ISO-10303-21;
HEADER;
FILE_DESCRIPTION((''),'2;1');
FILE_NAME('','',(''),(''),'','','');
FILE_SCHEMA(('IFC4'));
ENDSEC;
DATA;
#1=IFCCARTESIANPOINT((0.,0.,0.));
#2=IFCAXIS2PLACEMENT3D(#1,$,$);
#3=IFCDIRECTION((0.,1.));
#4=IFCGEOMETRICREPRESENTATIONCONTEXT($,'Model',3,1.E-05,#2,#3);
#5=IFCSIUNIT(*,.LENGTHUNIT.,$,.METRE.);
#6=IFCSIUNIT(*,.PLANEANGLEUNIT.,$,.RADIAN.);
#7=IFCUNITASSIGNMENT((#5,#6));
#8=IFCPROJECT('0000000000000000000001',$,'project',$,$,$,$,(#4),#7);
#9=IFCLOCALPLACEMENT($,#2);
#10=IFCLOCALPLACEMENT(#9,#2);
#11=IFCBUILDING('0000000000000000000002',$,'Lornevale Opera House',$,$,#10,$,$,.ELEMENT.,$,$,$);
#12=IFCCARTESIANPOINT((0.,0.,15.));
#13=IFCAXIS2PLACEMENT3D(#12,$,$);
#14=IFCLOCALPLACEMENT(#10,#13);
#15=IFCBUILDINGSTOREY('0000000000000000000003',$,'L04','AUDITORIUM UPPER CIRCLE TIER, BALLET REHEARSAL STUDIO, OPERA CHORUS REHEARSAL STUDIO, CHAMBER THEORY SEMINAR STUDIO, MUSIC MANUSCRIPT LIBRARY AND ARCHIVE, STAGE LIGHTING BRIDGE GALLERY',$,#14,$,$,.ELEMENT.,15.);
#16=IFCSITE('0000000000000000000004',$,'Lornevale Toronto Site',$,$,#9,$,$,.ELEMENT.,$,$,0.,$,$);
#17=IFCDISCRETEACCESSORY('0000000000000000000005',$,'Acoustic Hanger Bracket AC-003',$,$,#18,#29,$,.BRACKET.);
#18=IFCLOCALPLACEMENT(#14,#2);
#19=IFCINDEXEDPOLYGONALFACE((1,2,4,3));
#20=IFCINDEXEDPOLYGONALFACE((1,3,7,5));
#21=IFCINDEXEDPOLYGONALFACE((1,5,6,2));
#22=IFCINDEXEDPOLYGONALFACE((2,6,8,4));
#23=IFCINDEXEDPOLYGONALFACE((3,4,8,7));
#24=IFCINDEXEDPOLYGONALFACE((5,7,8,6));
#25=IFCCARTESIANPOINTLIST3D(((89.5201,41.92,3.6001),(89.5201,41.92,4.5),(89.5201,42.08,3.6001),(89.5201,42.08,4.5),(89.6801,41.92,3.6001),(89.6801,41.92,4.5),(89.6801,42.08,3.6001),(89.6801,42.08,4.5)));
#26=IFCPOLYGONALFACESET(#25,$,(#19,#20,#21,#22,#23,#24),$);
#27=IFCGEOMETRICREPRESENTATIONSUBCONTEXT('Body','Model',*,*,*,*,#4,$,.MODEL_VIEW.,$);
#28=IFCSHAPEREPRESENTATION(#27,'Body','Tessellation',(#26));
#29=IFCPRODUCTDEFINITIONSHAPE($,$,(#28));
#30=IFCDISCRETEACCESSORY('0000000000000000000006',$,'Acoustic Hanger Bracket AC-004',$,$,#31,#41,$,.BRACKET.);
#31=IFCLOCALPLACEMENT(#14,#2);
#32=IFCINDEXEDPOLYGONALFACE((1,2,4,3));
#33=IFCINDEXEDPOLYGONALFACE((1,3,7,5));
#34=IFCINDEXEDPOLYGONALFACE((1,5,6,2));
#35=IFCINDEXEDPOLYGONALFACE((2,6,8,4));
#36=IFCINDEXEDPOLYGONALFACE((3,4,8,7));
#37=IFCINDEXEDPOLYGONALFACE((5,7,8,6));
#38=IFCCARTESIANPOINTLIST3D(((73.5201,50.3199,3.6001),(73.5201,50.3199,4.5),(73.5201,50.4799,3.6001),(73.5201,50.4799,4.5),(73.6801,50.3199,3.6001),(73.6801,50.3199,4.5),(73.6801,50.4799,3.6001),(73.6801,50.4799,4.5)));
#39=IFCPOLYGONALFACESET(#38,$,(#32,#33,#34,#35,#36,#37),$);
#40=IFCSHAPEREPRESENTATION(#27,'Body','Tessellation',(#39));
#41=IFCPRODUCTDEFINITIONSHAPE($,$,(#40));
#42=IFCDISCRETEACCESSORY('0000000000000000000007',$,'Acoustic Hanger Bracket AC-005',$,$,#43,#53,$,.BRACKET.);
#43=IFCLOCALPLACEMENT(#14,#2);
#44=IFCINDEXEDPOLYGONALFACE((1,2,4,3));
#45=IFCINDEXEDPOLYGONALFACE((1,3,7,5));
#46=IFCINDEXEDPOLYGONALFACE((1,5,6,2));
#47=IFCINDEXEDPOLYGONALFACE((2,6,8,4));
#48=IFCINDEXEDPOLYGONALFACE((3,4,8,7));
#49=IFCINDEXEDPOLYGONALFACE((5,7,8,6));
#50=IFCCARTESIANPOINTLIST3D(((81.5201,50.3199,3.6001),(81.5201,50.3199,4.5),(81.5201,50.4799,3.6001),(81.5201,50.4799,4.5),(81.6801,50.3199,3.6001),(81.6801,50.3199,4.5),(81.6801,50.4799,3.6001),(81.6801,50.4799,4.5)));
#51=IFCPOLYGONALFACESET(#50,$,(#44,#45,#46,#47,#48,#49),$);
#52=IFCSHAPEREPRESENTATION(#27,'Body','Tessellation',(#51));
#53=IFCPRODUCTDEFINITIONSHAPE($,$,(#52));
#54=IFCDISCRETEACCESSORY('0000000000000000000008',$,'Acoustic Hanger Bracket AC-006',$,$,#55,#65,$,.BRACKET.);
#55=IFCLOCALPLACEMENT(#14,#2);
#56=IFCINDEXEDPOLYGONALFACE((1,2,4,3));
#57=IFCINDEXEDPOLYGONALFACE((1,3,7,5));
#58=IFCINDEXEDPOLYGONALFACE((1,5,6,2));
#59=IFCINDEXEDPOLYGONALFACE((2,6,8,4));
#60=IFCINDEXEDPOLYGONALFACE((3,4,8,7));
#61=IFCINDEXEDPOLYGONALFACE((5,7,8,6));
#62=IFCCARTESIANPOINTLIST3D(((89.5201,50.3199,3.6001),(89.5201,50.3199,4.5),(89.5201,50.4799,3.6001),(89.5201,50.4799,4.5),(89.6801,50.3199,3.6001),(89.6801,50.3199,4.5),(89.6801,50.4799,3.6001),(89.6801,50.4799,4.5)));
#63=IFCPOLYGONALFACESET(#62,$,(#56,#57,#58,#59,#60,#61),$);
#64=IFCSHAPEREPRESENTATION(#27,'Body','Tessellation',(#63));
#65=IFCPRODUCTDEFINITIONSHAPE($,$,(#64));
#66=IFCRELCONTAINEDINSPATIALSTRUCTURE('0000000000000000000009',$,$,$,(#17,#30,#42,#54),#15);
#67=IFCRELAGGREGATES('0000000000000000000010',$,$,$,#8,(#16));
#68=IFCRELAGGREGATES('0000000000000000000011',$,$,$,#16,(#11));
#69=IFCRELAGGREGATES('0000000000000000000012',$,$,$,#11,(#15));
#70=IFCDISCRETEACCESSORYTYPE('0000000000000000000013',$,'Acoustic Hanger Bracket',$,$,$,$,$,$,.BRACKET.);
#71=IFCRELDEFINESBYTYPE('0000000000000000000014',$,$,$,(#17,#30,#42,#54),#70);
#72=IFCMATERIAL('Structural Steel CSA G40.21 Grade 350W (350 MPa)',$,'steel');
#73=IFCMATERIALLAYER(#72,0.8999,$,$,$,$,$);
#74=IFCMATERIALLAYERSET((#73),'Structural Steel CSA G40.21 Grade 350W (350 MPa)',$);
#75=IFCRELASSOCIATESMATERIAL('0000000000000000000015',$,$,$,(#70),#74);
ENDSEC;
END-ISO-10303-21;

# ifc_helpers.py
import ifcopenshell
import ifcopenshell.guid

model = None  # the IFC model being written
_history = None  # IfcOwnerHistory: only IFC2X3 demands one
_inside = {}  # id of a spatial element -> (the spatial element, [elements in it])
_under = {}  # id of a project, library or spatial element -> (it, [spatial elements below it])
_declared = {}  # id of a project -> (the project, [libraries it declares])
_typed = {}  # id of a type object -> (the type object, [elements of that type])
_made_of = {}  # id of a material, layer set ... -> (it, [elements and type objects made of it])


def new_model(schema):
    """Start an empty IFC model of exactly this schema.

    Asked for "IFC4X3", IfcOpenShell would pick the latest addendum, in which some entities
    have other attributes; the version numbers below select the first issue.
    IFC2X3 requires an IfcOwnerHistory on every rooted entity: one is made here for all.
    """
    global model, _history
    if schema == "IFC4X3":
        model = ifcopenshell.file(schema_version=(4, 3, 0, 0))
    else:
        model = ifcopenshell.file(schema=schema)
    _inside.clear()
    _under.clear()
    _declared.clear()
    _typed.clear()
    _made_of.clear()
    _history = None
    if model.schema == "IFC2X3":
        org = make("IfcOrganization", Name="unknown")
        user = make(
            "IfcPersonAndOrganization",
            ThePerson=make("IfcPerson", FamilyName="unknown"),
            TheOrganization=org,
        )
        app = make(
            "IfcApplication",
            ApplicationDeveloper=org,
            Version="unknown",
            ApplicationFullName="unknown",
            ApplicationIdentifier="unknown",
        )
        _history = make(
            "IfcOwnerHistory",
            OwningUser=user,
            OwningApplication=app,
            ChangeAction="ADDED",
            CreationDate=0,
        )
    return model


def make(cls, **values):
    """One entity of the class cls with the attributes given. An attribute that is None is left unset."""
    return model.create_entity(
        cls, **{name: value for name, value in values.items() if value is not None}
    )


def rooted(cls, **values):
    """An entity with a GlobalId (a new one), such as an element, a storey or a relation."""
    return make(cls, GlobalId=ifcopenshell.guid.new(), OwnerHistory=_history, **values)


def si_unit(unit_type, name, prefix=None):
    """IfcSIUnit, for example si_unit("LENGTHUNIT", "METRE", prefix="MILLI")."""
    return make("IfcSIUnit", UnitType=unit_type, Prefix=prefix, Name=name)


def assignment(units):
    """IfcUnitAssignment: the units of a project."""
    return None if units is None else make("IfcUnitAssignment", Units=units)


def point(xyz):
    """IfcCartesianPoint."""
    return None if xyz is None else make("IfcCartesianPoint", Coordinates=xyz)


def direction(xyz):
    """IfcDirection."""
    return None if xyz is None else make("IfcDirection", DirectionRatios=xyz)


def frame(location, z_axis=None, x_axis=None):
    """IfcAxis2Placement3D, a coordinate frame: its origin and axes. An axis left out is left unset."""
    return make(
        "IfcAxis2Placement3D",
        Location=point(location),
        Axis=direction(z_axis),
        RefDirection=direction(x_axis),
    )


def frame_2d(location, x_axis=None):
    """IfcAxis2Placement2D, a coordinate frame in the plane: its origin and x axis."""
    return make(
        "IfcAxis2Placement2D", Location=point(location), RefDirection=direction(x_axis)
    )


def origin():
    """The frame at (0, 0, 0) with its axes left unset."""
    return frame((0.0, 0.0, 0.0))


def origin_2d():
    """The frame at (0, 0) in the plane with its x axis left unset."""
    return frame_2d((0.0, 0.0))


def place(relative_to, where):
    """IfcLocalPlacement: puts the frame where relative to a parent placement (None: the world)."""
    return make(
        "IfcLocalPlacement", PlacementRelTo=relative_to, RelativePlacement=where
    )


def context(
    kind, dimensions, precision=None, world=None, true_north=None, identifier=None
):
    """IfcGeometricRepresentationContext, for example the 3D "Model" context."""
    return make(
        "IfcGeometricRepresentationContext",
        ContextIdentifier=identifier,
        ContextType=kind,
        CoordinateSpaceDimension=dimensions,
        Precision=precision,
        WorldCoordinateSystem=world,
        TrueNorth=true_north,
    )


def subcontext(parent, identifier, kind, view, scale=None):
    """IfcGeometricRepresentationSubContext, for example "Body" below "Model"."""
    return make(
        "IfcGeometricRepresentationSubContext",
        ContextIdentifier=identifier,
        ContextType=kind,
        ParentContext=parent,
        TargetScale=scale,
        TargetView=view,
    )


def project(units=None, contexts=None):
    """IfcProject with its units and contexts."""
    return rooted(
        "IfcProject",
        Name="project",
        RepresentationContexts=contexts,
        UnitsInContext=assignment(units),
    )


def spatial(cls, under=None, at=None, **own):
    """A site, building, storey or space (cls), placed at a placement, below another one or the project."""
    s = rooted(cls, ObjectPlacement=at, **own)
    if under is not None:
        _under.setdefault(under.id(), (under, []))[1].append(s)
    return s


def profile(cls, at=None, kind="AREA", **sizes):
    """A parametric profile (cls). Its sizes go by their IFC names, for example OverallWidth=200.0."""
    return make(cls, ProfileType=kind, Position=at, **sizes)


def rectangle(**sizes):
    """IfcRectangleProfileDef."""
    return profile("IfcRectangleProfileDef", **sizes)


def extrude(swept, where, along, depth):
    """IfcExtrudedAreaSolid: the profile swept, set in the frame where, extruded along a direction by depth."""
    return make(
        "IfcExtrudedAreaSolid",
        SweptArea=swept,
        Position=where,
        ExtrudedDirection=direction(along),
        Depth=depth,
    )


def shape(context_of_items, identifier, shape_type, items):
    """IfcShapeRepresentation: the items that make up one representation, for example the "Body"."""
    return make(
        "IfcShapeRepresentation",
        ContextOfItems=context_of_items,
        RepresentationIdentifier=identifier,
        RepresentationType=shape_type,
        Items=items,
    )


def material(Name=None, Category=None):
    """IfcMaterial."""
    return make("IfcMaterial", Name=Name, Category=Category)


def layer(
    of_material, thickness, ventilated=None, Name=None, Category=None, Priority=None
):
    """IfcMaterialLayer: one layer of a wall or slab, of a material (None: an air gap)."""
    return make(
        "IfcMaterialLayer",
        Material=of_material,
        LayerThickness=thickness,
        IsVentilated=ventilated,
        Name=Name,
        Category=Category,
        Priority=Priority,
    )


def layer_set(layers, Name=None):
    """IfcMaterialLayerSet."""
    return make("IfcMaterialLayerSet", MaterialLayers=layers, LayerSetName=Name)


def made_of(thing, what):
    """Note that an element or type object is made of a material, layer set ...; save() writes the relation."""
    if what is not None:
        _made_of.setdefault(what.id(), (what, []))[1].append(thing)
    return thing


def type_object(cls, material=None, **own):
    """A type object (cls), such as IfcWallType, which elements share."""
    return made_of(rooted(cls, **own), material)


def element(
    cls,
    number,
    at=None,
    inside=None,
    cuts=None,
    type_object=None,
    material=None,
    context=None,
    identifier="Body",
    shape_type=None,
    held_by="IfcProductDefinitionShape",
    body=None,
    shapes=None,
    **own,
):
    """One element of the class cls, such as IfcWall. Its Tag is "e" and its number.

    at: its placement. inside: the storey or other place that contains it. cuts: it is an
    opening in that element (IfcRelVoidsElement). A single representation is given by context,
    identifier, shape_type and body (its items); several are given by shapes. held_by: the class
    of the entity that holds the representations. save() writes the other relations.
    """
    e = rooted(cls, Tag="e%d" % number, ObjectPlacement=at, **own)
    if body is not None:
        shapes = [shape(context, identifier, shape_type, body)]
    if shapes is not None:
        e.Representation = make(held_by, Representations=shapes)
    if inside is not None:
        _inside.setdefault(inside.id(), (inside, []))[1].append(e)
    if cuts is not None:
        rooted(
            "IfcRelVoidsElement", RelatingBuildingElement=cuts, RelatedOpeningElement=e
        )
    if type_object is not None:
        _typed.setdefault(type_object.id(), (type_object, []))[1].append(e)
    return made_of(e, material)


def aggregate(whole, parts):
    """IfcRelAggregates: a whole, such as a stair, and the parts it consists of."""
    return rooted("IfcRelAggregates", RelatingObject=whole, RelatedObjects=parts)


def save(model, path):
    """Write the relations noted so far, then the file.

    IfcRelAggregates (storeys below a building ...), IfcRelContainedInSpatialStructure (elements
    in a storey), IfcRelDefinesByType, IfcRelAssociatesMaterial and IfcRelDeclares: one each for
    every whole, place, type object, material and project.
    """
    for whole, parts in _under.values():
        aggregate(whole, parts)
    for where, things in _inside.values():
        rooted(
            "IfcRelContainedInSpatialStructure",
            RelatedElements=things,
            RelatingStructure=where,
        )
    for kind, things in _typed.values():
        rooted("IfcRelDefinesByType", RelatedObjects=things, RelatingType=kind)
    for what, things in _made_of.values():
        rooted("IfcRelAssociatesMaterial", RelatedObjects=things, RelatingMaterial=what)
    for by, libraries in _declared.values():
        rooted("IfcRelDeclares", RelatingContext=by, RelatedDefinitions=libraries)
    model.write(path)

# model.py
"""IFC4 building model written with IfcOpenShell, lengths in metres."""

from ifc_helpers import new_model, si_unit, direction, frame, origin, origin_2d, place, context, subcontext, project, spatial, rectangle, extrude, material, layer, layer_set, type_object, element, save


model = new_model("IFC4")

# Units and contexts
model_context = context("Model", 3, precision=1e-05, world=origin(), true_north=direction((0.0, 1.0)))
body_context = subcontext(model_context, "Body", "Model", "MODEL_VIEW")
ifc_project = project(units=[si_unit("LENGTHUNIT", "METRE"), si_unit("PLANEANGLEUNIT", "RADIAN")], contexts=[model_context])

# Site, building, storey
site_placement = place(None, origin())
site = spatial("IfcSite", under=ifc_project, at=site_placement, Name="Lornevale Toronto Site", CompositionType="ELEMENT", RefElevation=0.0)
building_placement = place(site_placement, origin())
building = spatial("IfcBuilding", under=site, at=building_placement, Name="Lornevale Opera House", CompositionType="ELEMENT")
storey_placement = place(building_placement, frame((0.0, 0.0, 15.0)))
storey = spatial("IfcBuildingStorey", under=building, at=storey_placement, Name="L04", Description="AUDITORIUM UPPER CIRCLE TIER, BALLET REHEARSAL STUDIO, OPERA CHORUS REHEARSAL STUDIO, CHAMBER THEORY SEMINAR STUDIO, MUSIC MANUSCRIPT LIBRARY AND ARCHIVE, STAGE LIGHTING BRIDGE GALLERY", CompositionType="ELEMENT", Elevation=15.0)

# Shared definitions
ifc_material_1 = material(Name="Structural Steel CSA G40.21 Grade 350W (350 MPa)", Category="steel")

# Discrete accessories
ifc_layer_1 = layer(ifc_material_1, 0.8999)
ifc_layer_set_1 = layer_set([ifc_layer_1], Name="Structural Steel CSA G40.21 Grade 350W (350 MPa)")
discrete_accessory_type = type_object("IfcDiscreteAccessoryType", Name="Acoustic Hanger Bracket", PredefinedType="BRACKET", material=ifc_layer_set_1)
for number, where, z_axis, x_axis, name in (
    (1, (89.6001, 42.0, 3.6001), (0.0, 0.0, 1.0), (1.0, 0.0, 0.0), "Acoustic Hanger Bracket AC-003"),
    (2, (73.6001, 50.3999, 3.6001), (0.0, 0.0, 1.0), (1.0, 0.0, 0.0), "Acoustic Hanger Bracket AC-004"),
    (3, (81.6001, 50.3999, 3.6001), (0.0, 0.0, 1.0), (1.0, 0.0, 0.0), "Acoustic Hanger Bracket AC-005"),
    (4, (89.6001, 50.3999, 3.6001), (0.0, 0.0, 1.0), (1.0, 0.0, 0.0), "Acoustic Hanger Bracket AC-006"),
):
    element("IfcDiscreteAccessory", number, at=place(storey_placement, frame(where, z_axis=z_axis, x_axis=x_axis)), inside=storey, type_object=discrete_accessory_type, Name=name, PredefinedType="BRACKET", context=body_context, shape_type="SweptSolid", body=[
        extrude(rectangle(XDim=0.1599, YDim=0.1599, at=origin_2d()), origin(), (0.0, 0.0, 1.0), 0.8999),
    ])

save(model, "model.ifc")
